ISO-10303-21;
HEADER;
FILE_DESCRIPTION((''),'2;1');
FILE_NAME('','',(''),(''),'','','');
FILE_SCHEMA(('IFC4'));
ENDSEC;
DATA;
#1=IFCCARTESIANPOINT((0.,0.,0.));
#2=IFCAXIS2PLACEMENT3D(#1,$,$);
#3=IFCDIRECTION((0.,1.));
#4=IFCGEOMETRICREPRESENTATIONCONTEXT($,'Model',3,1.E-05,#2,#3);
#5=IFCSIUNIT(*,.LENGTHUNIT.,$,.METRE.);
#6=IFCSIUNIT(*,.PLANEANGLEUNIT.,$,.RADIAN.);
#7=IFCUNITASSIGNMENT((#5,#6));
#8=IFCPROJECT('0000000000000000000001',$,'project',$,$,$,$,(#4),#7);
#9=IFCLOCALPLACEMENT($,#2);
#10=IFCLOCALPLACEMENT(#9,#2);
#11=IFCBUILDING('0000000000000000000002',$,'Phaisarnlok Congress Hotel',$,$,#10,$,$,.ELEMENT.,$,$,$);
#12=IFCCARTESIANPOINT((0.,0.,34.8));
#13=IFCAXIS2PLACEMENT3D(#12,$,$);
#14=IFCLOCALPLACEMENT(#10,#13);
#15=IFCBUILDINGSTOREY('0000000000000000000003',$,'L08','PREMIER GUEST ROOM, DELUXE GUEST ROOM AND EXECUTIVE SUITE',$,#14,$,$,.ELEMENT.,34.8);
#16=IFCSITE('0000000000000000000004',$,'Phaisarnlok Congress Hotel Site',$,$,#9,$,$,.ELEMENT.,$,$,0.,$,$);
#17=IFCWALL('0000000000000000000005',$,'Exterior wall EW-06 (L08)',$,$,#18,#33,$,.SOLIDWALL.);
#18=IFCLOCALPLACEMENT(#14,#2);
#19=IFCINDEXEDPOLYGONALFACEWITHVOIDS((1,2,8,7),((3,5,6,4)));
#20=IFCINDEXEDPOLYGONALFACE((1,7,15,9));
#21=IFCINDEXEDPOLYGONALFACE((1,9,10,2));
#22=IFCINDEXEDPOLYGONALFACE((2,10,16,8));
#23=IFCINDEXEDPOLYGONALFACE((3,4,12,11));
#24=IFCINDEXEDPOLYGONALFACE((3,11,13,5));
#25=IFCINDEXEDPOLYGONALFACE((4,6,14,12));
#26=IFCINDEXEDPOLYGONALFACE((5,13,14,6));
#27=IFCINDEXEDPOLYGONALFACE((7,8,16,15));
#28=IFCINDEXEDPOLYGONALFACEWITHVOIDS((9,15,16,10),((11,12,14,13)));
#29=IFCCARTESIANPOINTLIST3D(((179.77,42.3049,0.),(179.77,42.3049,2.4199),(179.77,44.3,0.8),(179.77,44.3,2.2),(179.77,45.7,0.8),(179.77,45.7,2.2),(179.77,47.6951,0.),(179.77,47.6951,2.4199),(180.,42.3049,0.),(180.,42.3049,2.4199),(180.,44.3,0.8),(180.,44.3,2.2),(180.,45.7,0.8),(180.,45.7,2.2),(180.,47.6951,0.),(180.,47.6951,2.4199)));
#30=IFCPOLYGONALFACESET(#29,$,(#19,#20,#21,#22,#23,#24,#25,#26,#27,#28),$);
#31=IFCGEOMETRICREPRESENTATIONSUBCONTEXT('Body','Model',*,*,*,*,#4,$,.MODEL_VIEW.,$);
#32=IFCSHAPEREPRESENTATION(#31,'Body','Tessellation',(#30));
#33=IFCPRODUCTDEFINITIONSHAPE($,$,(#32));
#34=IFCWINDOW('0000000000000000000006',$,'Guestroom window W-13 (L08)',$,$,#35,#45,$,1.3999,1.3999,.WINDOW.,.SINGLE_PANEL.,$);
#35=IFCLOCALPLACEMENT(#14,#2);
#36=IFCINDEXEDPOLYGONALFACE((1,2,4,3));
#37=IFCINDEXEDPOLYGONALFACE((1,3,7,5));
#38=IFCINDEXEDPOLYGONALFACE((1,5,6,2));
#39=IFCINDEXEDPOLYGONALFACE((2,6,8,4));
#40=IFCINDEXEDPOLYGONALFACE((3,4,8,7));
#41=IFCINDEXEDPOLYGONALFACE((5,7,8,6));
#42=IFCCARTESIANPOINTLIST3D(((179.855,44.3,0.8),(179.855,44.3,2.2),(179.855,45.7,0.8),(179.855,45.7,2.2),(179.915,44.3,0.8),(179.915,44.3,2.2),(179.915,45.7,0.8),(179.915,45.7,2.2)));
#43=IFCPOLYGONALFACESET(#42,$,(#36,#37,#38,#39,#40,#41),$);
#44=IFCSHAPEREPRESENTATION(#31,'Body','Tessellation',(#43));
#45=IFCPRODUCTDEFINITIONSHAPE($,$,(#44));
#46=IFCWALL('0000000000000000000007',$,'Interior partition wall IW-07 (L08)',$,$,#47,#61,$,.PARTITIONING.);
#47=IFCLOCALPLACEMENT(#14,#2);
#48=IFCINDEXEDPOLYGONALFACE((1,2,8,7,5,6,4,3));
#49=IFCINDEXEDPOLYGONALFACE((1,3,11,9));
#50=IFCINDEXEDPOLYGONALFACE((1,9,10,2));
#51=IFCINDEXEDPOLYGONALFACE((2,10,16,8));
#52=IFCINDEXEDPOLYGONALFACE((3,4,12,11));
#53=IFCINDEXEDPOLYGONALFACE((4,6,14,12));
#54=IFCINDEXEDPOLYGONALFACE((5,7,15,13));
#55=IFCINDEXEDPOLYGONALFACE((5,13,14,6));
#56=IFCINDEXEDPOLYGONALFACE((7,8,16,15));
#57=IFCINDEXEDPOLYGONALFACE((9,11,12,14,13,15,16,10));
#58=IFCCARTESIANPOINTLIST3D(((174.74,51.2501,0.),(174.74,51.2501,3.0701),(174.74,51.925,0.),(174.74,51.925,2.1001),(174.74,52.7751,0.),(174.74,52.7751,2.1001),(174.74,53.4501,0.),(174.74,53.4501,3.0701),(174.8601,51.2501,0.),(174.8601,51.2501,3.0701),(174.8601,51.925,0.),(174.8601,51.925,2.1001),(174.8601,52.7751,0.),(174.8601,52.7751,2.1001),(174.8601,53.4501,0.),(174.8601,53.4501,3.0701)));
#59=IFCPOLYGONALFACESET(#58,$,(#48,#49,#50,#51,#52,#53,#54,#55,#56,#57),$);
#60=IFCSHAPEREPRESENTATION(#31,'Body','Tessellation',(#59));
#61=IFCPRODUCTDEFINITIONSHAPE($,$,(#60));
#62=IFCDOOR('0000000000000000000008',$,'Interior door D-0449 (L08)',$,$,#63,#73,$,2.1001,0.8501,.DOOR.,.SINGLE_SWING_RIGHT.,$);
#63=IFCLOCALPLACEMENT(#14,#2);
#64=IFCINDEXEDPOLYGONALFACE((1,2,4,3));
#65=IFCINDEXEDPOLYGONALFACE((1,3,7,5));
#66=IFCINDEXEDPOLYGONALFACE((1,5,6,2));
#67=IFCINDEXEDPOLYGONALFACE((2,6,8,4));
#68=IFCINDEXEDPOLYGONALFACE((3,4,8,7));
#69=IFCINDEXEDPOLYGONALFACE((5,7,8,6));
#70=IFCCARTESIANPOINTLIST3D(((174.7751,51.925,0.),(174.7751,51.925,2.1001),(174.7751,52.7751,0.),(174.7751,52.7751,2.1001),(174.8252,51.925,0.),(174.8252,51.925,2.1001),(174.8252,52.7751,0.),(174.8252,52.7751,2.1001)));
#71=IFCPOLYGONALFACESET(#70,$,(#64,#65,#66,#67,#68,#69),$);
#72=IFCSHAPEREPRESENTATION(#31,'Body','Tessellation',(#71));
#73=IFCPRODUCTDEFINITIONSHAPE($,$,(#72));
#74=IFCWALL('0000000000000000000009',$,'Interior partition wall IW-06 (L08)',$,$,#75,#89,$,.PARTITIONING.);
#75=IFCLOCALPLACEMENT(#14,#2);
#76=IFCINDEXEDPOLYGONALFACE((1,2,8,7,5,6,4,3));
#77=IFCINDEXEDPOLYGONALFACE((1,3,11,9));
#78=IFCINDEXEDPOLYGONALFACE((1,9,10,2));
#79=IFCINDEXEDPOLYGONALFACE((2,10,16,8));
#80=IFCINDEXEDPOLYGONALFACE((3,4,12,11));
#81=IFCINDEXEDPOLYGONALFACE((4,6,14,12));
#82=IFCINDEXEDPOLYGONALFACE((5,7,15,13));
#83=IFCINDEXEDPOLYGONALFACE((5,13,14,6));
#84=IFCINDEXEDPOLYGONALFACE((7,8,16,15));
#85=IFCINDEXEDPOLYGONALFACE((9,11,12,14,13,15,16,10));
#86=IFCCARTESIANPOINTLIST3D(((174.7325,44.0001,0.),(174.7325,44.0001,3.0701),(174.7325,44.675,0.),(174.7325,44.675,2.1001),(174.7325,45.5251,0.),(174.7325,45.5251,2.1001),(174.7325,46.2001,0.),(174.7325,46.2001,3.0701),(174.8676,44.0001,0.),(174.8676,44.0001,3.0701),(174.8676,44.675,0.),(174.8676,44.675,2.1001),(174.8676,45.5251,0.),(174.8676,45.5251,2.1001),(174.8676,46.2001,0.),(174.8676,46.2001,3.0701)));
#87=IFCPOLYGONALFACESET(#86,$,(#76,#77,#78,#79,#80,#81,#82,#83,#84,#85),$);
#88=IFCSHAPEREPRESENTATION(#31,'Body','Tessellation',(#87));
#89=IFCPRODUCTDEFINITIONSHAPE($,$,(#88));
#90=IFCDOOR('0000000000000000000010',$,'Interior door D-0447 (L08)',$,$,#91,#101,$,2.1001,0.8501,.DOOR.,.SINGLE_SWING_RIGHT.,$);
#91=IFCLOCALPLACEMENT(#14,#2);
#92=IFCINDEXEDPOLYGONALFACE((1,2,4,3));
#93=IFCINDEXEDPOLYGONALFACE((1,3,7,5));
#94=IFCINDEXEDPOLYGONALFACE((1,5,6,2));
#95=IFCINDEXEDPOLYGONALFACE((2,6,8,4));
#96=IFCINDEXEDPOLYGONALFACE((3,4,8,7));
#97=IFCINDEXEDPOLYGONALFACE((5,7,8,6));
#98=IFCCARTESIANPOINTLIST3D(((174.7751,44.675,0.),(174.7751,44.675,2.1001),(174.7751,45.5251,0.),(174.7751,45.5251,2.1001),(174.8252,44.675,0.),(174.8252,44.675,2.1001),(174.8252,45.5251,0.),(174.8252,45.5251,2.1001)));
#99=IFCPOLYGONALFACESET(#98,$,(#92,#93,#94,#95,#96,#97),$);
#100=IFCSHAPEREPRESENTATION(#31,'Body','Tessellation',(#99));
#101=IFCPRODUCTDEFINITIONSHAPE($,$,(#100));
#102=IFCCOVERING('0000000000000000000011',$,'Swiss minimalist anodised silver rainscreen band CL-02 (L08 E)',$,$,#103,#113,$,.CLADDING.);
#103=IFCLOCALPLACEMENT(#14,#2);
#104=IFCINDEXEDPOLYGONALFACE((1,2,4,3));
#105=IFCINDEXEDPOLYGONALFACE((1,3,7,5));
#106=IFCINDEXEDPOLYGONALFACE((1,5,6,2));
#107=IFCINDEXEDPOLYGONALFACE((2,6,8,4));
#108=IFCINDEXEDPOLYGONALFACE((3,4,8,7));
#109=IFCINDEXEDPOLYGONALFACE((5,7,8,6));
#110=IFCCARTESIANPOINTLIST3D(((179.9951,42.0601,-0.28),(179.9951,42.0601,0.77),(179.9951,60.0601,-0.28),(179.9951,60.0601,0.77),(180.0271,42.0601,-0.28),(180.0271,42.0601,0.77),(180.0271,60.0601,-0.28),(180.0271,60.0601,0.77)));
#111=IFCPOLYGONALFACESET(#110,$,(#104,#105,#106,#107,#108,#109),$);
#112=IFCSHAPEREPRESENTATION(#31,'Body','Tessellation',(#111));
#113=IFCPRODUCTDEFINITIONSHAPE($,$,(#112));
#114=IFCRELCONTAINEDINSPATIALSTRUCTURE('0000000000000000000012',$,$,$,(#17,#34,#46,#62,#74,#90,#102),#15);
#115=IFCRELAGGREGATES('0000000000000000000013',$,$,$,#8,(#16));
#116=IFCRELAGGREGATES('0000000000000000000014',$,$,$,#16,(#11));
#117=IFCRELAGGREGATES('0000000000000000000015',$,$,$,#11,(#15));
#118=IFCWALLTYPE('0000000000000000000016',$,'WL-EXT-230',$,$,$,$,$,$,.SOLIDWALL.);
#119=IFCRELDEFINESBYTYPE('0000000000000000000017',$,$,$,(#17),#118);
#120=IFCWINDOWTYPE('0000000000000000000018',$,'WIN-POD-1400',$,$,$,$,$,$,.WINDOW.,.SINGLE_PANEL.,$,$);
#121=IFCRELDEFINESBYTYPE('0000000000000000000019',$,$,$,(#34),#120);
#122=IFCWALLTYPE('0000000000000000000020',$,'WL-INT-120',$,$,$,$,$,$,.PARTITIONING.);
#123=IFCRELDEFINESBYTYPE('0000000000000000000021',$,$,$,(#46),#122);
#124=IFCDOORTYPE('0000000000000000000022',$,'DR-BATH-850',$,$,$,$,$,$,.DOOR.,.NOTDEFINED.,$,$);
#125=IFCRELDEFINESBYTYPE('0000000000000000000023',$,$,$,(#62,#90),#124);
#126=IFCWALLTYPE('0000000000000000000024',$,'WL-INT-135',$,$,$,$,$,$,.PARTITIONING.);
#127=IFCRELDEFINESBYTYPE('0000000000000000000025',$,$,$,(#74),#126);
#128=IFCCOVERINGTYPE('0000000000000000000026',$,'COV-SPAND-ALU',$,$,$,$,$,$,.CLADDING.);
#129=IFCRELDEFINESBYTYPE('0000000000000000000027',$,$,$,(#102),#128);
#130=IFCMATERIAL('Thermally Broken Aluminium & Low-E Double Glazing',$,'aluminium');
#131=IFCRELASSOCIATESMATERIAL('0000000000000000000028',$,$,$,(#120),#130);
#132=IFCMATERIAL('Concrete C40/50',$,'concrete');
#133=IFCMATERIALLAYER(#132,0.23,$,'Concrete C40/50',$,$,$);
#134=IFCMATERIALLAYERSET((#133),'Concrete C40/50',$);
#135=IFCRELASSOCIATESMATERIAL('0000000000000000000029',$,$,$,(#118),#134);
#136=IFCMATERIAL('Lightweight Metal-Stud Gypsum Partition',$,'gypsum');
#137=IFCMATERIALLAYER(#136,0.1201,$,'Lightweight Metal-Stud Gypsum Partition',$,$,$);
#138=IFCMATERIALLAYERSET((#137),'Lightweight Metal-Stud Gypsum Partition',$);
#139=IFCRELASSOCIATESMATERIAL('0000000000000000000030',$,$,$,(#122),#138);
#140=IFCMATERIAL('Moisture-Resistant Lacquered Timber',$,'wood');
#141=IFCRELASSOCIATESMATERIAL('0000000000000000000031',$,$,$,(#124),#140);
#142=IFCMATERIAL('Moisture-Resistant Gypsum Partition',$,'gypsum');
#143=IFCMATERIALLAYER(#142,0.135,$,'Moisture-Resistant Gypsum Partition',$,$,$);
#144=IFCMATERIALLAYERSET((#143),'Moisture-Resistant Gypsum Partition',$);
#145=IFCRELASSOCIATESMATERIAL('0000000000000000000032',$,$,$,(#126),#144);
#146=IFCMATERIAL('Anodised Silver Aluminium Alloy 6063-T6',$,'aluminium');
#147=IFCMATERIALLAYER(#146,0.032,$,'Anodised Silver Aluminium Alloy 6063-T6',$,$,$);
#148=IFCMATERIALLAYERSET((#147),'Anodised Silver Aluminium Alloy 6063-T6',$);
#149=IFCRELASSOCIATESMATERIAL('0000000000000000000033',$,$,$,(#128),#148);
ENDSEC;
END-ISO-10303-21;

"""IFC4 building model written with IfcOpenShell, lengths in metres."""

from ifc_helpers import new_model, si_unit, direction, frame, frame_2d, origin, place, context, subcontext, project, spatial, polyline, rectangle, outline, extrude, material, layer, layer_set, type_object, element, fill, save


model = new_model("IFC4")

# Units and contexts
model_context = context("Model", 3, precision=1e-05, world=origin(), true_north=direction((0.0, 1.0)))
body_context = subcontext(model_context, "Body", "Model", "MODEL_VIEW")
ifc_project = project(units=[si_unit("LENGTHUNIT", "METRE"), si_unit("PLANEANGLEUNIT", "RADIAN")], contexts=[model_context])

# Site, building, storey
site_placement = place(None, origin())
site = spatial("IfcSite", under=ifc_project, at=site_placement, Name="Phaisarnlok Congress Hotel Site", CompositionType="ELEMENT", RefElevation=0.0)
building_placement = place(site_placement, origin())
building = spatial("IfcBuilding", under=site, at=building_placement, Name="Phaisarnlok Congress Hotel", CompositionType="ELEMENT")
storey_placement = place(building_placement, frame((0.0, 0.0, 34.8)))
storey = spatial("IfcBuildingStorey", under=building, at=storey_placement, Name="L08", Description="PREMIER GUEST ROOM, DELUXE GUEST ROOM AND EXECUTIVE SUITE", CompositionType="ELEMENT", Elevation=34.8)

# Shared definitions
ifc_material_1 = material(Name="Concrete C40/50", Category="concrete")

# Shared definitions
ifc_material_2 = material(Name="Thermally Broken Aluminium & Low-E Double Glazing", Category="aluminium")
window_type = type_object("IfcWindowType", Name="WIN-POD-1400", PartitioningType="SINGLE_PANEL", PredefinedType="WINDOW", material=ifc_material_2)

# Wall, opening, window
ifc_layer_1 = layer(ifc_material_1, 0.23, Name="Concrete C40/50")
ifc_layer_set_1 = layer_set([ifc_layer_1], Name="Concrete C40/50")
wall_type_1 = type_object("IfcWallType", Name="WL-EXT-230", PredefinedType="SOLIDWALL", material=ifc_layer_set_1)
wall_1_placement = place(storey_placement, frame((179.885, 42.3049, 0.0), z_axis=(0.0, 0.0, 1.0), x_axis=(0.0, 1.0, 0.0)))
wall_1 = element("IfcWall", 1, at=wall_1_placement, inside=storey, type_object=wall_type_1, Name="Exterior wall EW-06 (L08)", PredefinedType="SOLIDWALL", context=body_context, shape_type="SweptSolid", body=[
    extrude(rectangle(XDim=5.3901, YDim=0.23, at=frame_2d((2.6951, 0.0))), origin(), (0.0, 0.0, 1.0), 2.4199),
])
opening_1_placement = place(wall_1_placement, frame((1.9951, 0.0, 0.8)))
opening_1 = element("IfcOpeningElement", 2, at=opening_1_placement, cuts=wall_1, PredefinedType="OPENING", context=body_context, shape_type="SweptSolid", body=[
    extrude(rectangle(XDim=1.3999, YDim=1.3999, at=frame_2d((0.7, 0.7))), frame((0.0, 0.125, 0.0), z_axis=(0.0, -1.0, 0.0), x_axis=(1.0, 0.0, 0.0)), (0.0, 0.0, 1.0), 0.25),
])
window_1_placement = place(opening_1_placement, origin())
window_1 = element("IfcWindow", 3, at=window_1_placement, inside=storey, type_object=window_type, Name="Guestroom window W-13 (L08)", OverallHeight=1.3999, OverallWidth=1.3999, PartitioningType="SINGLE_PANEL", PredefinedType="WINDOW", context=body_context, shape_type="SweptSolid", body=[
    extrude(rectangle(XDim=1.3999, YDim=1.3999, at=frame_2d((0.7, 0.7))), frame((0.0, 0.03, 0.0), z_axis=(0.0, -1.0, 0.0), x_axis=(1.0, 0.0, 0.0)), (0.0, 0.0, 1.0), 0.0601),
])
fill(opening_1, window_1)

# Walls, openings, doors
ifc_material_3 = material(Name="Lightweight Metal-Stud Gypsum Partition", Category="gypsum")
ifc_layer_2 = layer(ifc_material_3, 0.1201, Name="Lightweight Metal-Stud Gypsum Partition")
ifc_layer_set_2 = layer_set([ifc_layer_2], Name="Lightweight Metal-Stud Gypsum Partition")
wall_type_2 = type_object("IfcWallType", Name="WL-INT-120", PredefinedType="PARTITIONING", material=ifc_layer_set_2)
wall_2_placement = place(storey_placement, frame((174.8, 51.25, 0.0), z_axis=(0.0, 0.0, 1.0), x_axis=(0.0, 1.0, 0.0)))
wall_2 = element("IfcWall", 4, at=wall_2_placement, inside=storey, type_object=wall_type_2, Name="Interior partition wall IW-07 (L08)", PredefinedType="PARTITIONING", context=body_context, shape_type="SweptSolid", body=[
    extrude(rectangle(XDim=2.2, YDim=0.1201, at=frame_2d((1.1001, 0.0))), origin(), (0.0, 0.0, 1.0), 3.0701),
])
opening_2_placement = place(wall_2_placement, frame((0.675, 0.0, 0.0)))
opening_2 = element("IfcOpeningElement", 5, at=opening_2_placement, cuts=wall_2, PredefinedType="OPENING", context=body_context, shape_type="SweptSolid", body=[
    extrude(rectangle(XDim=0.8501, YDim=2.1001, at=frame_2d((0.425, 1.05))), frame((0.0, 0.0701, 0.0), z_axis=(0.0, -1.0, 0.0), x_axis=(1.0, 0.0, 0.0)), (0.0, 0.0, 1.0), 0.1401),
])
ifc_material_4 = material(Name="Moisture-Resistant Lacquered Timber", Category="wood")
door_type = type_object("IfcDoorType", Name="DR-BATH-850", OperationType="NOTDEFINED", PredefinedType="DOOR", material=ifc_material_4)
door_1_placement = place(opening_2_placement, origin())
door_1 = element("IfcDoor", 6, at=door_1_placement, inside=storey, type_object=door_type, Name="Interior door D-0449 (L08)", OperationType="SINGLE_SWING_RIGHT", OverallHeight=2.1001, OverallWidth=0.8501, PredefinedType="DOOR", context=body_context, shape_type="SweptSolid", body=[
    extrude(rectangle(XDim=0.8501, YDim=2.1001, at=frame_2d((0.425, 1.05))), frame((0.0, 0.0249, 0.0), z_axis=(0.0, -1.0, 0.0), x_axis=(1.0, 0.0, 0.0)), (0.0, 0.0, 1.0), 0.05),
])
fill(opening_2, door_1)
ifc_material_5 = material(Name="Moisture-Resistant Gypsum Partition", Category="gypsum")
ifc_layer_3 = layer(ifc_material_5, 0.135, Name="Moisture-Resistant Gypsum Partition")
ifc_layer_set_3 = layer_set([ifc_layer_3], Name="Moisture-Resistant Gypsum Partition")
wall_type_3 = type_object("IfcWallType", Name="WL-INT-135", PredefinedType="PARTITIONING", material=ifc_layer_set_3)
wall_3_placement = place(storey_placement, frame((174.8, 44.0, 0.0), z_axis=(0.0, 0.0, 1.0), x_axis=(0.0, 1.0, 0.0)))
wall_3 = element("IfcWall", 7, at=wall_3_placement, inside=storey, type_object=wall_type_3, Name="Interior partition wall IW-06 (L08)", PredefinedType="PARTITIONING", context=body_context, shape_type="SweptSolid", body=[
    extrude(rectangle(XDim=2.2, YDim=0.135, at=frame_2d((1.1001, 0.0))), origin(), (0.0, 0.0, 1.0), 3.0701),
])
opening_3_placement = place(wall_3_placement, frame((0.675, 0.0, 0.0)))
opening_3 = element("IfcOpeningElement", 8, at=opening_3_placement, cuts=wall_3, PredefinedType="OPENING", context=body_context, shape_type="SweptSolid", body=[
    extrude(rectangle(XDim=0.8501, YDim=2.1001, at=frame_2d((0.425, 1.05))), frame((0.0, 0.0776, 0.0), z_axis=(0.0, -1.0, 0.0), x_axis=(1.0, 0.0, 0.0)), (0.0, 0.0, 1.0), 0.155),
])
door_2_placement = place(opening_3_placement, origin())
door_2 = element("IfcDoor", 9, at=door_2_placement, inside=storey, type_object=door_type, Name="Interior door D-0447 (L08)", OperationType="SINGLE_SWING_RIGHT", OverallHeight=2.1001, OverallWidth=0.8501, PredefinedType="DOOR", context=body_context, shape_type="SweptSolid", body=[
    extrude(rectangle(XDim=0.8501, YDim=2.1001, at=frame_2d((0.425, 1.05))), frame((0.0, 0.0249, 0.0), z_axis=(0.0, -1.0, 0.0), x_axis=(1.0, 0.0, 0.0)), (0.0, 0.0, 1.0), 0.05),
])
fill(opening_3, door_2)

# Covering
ifc_material_6 = material(Name="Anodised Silver Aluminium Alloy 6063-T6", Category="aluminium")
ifc_layer_4 = layer(ifc_material_6, 0.032, Name="Anodised Silver Aluminium Alloy 6063-T6")
ifc_layer_set_4 = layer_set([ifc_layer_4], Name="Anodised Silver Aluminium Alloy 6063-T6")
covering_type = type_object("IfcCoveringType", Name="COV-SPAND-ALU", PredefinedType="CLADDING", material=ifc_layer_set_4)
covering_placement = place(storey_placement, frame((179.9951, 42.0601, -0.28), z_axis=(1.0, 0.0, 0.0), x_axis=(0.0, 1.0, 0.0)))
element("IfcCovering", 10, at=covering_placement, inside=storey, type_object=covering_type, Name="Swiss minimalist anodised silver rainscreen band CL-02 (L08 E)", PredefinedType="CLADDING", context=body_context, shape_type="SweptSolid", body=[
    extrude(outline(polyline([(0.0, 0.0), (18.0, 0.0), (18.0, 1.05), (0.0, 1.05), (0.0, 0.0)])), origin(), (0.0, 0.0, 1.0), 0.032),
])

save(model, "model.ifc")
